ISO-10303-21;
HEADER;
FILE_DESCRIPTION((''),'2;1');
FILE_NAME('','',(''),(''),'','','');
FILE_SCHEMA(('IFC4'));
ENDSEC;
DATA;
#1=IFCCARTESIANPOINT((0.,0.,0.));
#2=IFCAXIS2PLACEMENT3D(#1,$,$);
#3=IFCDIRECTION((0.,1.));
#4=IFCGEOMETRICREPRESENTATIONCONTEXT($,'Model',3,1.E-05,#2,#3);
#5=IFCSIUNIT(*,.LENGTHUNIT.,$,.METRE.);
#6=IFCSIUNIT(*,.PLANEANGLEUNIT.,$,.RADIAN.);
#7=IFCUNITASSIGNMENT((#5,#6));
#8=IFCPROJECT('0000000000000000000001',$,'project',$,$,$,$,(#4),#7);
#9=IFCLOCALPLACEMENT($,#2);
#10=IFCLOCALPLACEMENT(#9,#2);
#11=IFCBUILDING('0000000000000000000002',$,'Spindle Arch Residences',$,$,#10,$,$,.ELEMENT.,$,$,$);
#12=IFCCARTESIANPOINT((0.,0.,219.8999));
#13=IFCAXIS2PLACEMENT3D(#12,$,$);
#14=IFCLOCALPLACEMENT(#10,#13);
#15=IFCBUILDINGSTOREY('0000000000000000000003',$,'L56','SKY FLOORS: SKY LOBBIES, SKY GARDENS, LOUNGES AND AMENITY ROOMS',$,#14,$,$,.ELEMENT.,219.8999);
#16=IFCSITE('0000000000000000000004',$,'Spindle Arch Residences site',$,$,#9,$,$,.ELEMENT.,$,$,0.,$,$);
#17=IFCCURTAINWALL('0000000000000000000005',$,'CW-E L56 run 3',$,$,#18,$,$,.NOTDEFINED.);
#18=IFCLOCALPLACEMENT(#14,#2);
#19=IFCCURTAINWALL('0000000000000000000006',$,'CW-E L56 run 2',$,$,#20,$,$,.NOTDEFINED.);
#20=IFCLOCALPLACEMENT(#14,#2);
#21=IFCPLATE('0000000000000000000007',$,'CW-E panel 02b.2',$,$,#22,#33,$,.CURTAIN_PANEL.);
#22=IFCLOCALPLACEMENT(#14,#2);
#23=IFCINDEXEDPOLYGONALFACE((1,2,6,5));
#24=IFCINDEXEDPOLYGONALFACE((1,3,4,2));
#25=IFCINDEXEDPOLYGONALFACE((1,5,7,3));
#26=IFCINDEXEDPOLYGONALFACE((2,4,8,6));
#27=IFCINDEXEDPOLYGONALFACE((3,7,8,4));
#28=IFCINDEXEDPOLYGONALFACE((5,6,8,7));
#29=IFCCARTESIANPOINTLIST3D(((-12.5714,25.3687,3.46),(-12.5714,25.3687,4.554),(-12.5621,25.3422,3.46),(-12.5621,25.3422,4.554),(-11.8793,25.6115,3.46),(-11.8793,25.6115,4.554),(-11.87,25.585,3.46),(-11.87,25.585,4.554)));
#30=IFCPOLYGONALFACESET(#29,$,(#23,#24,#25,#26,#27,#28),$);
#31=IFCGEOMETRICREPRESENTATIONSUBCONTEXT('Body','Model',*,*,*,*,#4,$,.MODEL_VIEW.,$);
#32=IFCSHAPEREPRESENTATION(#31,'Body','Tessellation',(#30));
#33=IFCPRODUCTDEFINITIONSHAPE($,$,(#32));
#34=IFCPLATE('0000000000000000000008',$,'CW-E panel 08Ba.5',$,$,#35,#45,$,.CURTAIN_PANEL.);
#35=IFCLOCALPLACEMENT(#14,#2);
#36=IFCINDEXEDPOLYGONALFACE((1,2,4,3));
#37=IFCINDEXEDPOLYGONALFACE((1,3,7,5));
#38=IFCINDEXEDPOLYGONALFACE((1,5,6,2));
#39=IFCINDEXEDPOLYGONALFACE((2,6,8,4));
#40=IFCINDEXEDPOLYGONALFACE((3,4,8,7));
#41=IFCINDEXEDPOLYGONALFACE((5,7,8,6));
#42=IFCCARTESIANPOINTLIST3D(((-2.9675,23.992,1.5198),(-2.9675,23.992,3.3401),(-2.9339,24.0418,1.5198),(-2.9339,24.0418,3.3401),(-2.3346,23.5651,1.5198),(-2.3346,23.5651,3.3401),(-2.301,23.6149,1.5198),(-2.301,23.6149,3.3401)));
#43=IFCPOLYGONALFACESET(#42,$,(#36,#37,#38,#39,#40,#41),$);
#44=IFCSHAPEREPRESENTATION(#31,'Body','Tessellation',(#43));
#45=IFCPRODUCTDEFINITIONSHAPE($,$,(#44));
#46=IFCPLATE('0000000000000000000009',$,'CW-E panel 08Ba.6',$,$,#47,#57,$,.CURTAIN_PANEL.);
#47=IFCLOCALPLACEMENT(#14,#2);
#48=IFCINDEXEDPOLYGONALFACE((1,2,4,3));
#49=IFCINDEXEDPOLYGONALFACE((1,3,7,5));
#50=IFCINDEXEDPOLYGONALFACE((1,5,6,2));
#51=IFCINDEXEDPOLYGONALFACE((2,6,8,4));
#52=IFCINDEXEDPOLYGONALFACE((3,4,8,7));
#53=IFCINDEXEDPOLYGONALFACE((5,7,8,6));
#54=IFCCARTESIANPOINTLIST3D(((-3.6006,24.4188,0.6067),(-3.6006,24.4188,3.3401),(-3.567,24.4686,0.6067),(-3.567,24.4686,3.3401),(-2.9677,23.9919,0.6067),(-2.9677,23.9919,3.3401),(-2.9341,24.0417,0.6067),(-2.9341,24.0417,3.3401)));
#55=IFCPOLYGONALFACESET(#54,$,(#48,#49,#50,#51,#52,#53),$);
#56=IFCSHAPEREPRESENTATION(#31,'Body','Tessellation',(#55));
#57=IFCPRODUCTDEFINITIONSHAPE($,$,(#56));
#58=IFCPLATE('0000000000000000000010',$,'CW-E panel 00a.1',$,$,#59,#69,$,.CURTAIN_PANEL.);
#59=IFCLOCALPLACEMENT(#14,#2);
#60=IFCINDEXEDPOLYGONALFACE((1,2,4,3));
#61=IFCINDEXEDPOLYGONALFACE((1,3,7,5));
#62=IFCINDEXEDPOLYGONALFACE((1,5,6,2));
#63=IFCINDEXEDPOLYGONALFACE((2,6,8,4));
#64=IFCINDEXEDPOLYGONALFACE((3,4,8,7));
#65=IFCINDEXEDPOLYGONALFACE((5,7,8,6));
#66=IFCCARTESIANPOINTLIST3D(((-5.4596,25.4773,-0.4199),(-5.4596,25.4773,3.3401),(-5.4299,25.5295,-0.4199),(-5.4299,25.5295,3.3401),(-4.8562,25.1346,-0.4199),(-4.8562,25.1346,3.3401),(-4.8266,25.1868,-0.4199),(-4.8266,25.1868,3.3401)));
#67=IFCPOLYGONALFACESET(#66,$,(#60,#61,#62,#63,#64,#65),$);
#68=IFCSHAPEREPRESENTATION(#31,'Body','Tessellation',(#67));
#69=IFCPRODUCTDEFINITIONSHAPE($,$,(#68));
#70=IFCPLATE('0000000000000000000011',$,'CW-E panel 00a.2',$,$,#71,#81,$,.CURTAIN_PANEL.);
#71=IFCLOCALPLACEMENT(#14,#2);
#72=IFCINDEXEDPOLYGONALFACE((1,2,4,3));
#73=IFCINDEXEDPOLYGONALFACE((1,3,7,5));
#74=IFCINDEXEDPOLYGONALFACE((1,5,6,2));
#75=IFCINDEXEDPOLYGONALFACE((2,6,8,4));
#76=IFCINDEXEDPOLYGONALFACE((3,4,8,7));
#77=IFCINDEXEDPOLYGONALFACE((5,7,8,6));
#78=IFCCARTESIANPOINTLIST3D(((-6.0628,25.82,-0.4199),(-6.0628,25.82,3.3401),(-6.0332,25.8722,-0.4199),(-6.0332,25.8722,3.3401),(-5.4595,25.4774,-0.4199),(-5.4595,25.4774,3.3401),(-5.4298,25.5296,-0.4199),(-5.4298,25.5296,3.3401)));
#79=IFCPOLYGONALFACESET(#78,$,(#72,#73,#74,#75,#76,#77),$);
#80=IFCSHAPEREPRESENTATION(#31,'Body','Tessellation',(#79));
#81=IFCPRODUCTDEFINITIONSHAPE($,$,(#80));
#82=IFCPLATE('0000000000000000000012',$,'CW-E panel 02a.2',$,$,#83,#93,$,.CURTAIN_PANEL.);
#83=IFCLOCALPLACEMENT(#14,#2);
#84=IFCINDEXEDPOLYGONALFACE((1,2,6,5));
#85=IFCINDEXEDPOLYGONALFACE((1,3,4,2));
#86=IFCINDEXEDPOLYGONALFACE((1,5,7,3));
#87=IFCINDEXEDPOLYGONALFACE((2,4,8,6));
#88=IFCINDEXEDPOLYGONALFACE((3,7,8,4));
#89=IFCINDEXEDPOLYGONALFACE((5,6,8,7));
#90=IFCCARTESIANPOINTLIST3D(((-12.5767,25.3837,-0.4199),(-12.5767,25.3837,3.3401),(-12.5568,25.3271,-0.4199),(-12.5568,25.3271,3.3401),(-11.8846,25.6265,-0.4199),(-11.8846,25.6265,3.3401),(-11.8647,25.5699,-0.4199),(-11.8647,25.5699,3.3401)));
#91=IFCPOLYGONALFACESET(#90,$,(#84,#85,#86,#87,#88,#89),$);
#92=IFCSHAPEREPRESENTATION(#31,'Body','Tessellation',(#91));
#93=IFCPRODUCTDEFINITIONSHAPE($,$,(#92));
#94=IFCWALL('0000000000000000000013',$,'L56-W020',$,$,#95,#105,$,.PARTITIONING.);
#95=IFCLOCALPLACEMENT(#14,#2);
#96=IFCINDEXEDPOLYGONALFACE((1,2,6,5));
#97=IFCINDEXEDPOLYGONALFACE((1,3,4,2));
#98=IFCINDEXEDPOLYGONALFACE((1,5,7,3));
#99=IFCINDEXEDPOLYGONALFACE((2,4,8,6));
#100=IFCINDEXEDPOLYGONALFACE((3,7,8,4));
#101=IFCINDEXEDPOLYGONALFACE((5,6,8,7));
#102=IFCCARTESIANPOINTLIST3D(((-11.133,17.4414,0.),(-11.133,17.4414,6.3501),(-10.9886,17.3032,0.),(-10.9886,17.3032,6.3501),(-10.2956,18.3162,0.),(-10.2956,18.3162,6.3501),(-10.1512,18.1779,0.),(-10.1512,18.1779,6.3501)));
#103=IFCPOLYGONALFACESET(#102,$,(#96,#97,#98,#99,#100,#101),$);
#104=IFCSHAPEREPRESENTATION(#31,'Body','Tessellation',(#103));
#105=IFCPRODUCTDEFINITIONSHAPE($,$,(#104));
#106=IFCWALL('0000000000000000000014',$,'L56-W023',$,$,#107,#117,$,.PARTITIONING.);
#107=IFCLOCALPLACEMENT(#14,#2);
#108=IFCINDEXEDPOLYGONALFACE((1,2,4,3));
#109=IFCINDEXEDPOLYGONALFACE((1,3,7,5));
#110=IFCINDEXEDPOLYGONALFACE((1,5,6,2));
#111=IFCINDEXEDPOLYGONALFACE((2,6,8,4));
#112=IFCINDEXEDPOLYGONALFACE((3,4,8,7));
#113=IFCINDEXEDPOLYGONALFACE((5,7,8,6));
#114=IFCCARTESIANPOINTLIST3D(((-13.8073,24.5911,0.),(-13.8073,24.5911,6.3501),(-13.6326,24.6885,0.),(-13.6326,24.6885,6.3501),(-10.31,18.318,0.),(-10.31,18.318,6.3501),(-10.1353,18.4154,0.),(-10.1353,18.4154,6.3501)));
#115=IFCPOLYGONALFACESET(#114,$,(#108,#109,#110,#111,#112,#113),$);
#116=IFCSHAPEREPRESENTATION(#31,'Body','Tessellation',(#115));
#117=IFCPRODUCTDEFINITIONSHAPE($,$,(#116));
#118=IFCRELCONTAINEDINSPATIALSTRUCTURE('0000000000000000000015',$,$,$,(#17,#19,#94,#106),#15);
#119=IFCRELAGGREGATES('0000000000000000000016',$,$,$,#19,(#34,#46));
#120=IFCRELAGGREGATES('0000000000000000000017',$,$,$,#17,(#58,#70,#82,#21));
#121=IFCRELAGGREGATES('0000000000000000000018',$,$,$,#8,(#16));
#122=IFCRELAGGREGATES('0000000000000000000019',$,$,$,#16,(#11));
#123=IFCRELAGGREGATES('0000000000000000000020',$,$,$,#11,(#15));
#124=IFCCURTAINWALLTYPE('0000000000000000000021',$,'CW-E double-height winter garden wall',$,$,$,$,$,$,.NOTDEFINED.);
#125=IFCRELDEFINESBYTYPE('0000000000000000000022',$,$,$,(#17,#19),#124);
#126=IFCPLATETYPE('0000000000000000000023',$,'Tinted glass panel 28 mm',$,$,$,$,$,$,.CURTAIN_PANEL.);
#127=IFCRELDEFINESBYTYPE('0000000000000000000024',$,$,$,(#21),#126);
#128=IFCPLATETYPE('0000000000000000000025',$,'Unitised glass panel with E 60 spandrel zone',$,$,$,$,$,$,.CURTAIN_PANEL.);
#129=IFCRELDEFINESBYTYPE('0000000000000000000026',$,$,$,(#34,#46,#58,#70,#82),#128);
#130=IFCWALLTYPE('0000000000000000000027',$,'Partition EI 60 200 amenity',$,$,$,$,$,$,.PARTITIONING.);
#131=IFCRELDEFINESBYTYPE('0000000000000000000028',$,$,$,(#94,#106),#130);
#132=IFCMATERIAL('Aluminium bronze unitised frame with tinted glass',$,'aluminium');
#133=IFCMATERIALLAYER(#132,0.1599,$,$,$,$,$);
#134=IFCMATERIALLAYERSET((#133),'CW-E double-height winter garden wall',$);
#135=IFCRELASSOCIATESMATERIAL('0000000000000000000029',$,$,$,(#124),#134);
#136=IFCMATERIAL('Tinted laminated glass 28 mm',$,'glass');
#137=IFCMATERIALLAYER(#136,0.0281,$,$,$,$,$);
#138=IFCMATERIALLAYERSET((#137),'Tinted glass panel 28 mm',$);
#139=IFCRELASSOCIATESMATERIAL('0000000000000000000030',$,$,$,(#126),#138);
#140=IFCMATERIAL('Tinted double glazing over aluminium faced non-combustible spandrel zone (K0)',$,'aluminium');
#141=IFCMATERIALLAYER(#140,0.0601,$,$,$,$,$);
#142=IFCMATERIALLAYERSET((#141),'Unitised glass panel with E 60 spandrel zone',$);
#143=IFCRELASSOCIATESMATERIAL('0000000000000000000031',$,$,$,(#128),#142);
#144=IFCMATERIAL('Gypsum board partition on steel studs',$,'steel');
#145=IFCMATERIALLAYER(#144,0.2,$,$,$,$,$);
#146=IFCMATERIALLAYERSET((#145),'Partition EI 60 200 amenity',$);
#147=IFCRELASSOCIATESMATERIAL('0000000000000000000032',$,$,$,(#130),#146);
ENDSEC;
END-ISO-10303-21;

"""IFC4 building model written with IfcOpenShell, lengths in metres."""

from ifc_helpers import new_model, si_unit, direction, frame, frame_2d, origin, origin_2d, place, context, subcontext, project, spatial, rectangle, extrude, material, layer, layer_set, type_object, element, aggregate, save


model = new_model("IFC4")

# Units and contexts
model_context = context("Model", 3, precision=1e-05, world=origin(), true_north=direction((0.0, 1.0)))
body_context = subcontext(model_context, "Body", "Model", "MODEL_VIEW")
ifc_project = project(units=[si_unit("LENGTHUNIT", "METRE"), si_unit("PLANEANGLEUNIT", "RADIAN")], contexts=[model_context])

# Site, building, storey
site_placement = place(None, origin())
site = spatial("IfcSite", under=ifc_project, at=site_placement, Name="Spindle Arch Residences site", CompositionType="ELEMENT", RefElevation=0.0)
building_placement = place(site_placement, origin())
building = spatial("IfcBuilding", under=site, at=building_placement, Name="Spindle Arch Residences", CompositionType="ELEMENT")
storey_placement = place(building_placement, frame((0.0, 0.0, 219.8999)))
storey = spatial("IfcBuildingStorey", under=building, at=storey_placement, Name="L56", Description="SKY FLOORS: SKY LOBBIES, SKY GARDENS, LOUNGES AND AMENITY ROOMS", CompositionType="ELEMENT", Elevation=219.8999)

# Curtain wall
ifc_material_1 = material(Name="Aluminium bronze unitised frame with tinted glass", Category="aluminium")
ifc_layer_1 = layer(ifc_material_1, 0.1599)
ifc_layer_set_1 = layer_set([ifc_layer_1], Name="CW-E double-height winter garden wall")
curtain_wall_type = type_object("IfcCurtainWallType", Name="CW-E double-height winter garden wall", PredefinedType="NOTDEFINED", material=ifc_layer_set_1)
curtain_wall_1_placement = place(storey_placement, origin())
curtain_wall_1 = element("IfcCurtainWall", 1, at=curtain_wall_1_placement, inside=storey, type_object=curtain_wall_type, Name="CW-E L56 run 3", PredefinedType="NOTDEFINED")

# Curtain wall
curtain_wall_2_placement = place(storey_placement, origin())
curtain_wall_2 = element("IfcCurtainWall", 2, at=curtain_wall_2_placement, inside=storey, type_object=curtain_wall_type, Name="CW-E L56 run 2", PredefinedType="NOTDEFINED")
ifc_material_2 = material(Name="Tinted laminated glass 28 mm", Category="glass")
ifc_layer_2 = layer(ifc_material_2, 0.0281)
ifc_layer_set_2 = layer_set([ifc_layer_2], Name="Tinted glass panel 28 mm")
plate_type_1 = type_object("IfcPlateType", Name="Tinted glass panel 28 mm", PredefinedType="CURTAIN_PANEL", material=ifc_layer_set_2)

# Plates
plate_1_placement = place(storey_placement, frame((-12.2207, 25.4768, 3.46), z_axis=(0.0, 0.0, 1.0), x_axis=(-0.943609, -0.331063, 0.0)))
plate_1 = element("IfcPlate", 3, at=plate_1_placement, type_object=plate_type_1, Name="CW-E panel 02b.2", PredefinedType="CURTAIN_PANEL", context=body_context, shape_type="SweptSolid", body=[
    extrude(rectangle(XDim=0.7334, YDim=0.0281, at=origin_2d()), origin(), (0.0, 0.0, 1.0), 1.094),
])
ifc_material_3 = material(Name="Tinted double glazing over aluminium faced non-combustible spandrel zone (K0)", Category="aluminium")
ifc_layer_3 = layer(ifc_material_3, 0.0601)
ifc_layer_set_3 = layer_set([ifc_layer_3], Name="Unitised glass panel with E 60 spandrel zone")
plate_type_2 = type_object("IfcPlateType", Name="Unitised glass panel with E 60 spandrel zone", PredefinedType="CURTAIN_PANEL", material=ifc_layer_set_3)
plate_2_placement = place(storey_placement, frame((-2.6343, 23.8035, 1.5198), z_axis=(0.0, 0.0, 1.0), x_axis=(-0.829038, 0.559193, 0.0)))
plate_2 = element("IfcPlate", 4, at=plate_2_placement, type_object=plate_type_2, Name="CW-E panel 08Ba.5", PredefinedType="CURTAIN_PANEL", context=body_context, shape_type="SweptSolid", body=[
    extrude(rectangle(XDim=0.7634, YDim=0.0601, at=origin_2d()), origin(), (0.0, 0.0, 1.0), 1.8203),
])
plate_3_placement = place(storey_placement, frame((-3.2673, 24.2302, 0.6067), z_axis=(0.0, 0.0, 1.0), x_axis=(-0.829038, 0.559193, 0.0)))
plate_3 = element("IfcPlate", 5, at=plate_3_placement, type_object=plate_type_2, Name="CW-E panel 08Ba.6", PredefinedType="CURTAIN_PANEL", context=body_context, shape_type="SweptSolid", body=[
    extrude(rectangle(XDim=0.7634, YDim=0.0601, at=origin_2d()), origin(), (0.0, 0.0, 1.0), 2.7334),
])
aggregate(curtain_wall_2, [plate_2, plate_3])
plate_4_placement = place(storey_placement, frame((-5.1431, 25.332, -0.4199), z_axis=(0.0, 0.0, 1.0), x_axis=(-0.869539, 0.493865, 0.0)))
plate_4 = element("IfcPlate", 6, at=plate_4_placement, type_object=plate_type_2, Name="CW-E panel 00a.1", PredefinedType="CURTAIN_PANEL", context=body_context, shape_type="SweptSolid", body=[
    extrude(rectangle(XDim=0.6938, YDim=0.0601, at=origin_2d()), origin(), (0.0, 0.0, 1.0), 3.76),
])
plate_5_placement = place(storey_placement, frame((-5.7463, 25.6748, -0.4199), z_axis=(0.0, 0.0, 1.0), x_axis=(-0.869539, 0.493865, 0.0)))
plate_5 = element("IfcPlate", 7, at=plate_5_placement, type_object=plate_type_2, Name="CW-E panel 00a.2", PredefinedType="CURTAIN_PANEL", context=body_context, shape_type="SweptSolid", body=[
    extrude(rectangle(XDim=0.6938, YDim=0.0601, at=origin_2d()), origin(), (0.0, 0.0, 1.0), 3.76),
])
plate_6_placement = place(storey_placement, frame((-12.2207, 25.4768, -0.4199), z_axis=(0.0, 0.0, 1.0), x_axis=(-0.943609, -0.331063, 0.0)))
plate_6 = element("IfcPlate", 8, at=plate_6_placement, type_object=plate_type_2, Name="CW-E panel 02a.2", PredefinedType="CURTAIN_PANEL", context=body_context, shape_type="SweptSolid", body=[
    extrude(rectangle(XDim=0.7334, YDim=0.0601, at=origin_2d()), origin(), (0.0, 0.0, 1.0), 3.76),
])
aggregate(curtain_wall_1, [plate_4, plate_5, plate_6, plate_1])

# Walls
ifc_material_4 = material(Name="Gypsum board partition on steel studs", Category="steel")
ifc_layer_4 = layer(ifc_material_4, 0.2)
ifc_layer_set_4 = layer_set([ifc_layer_4], Name="Partition EI 60 200 amenity")
wall_type = type_object("IfcWallType", Name="Partition EI 60 200 amenity", PredefinedType="PARTITIONING", material=ifc_layer_set_4)
wall_1_placement = place(storey_placement, frame((-11.0608, 17.3723, 0.0), z_axis=(0.0, 0.0, 1.0), x_axis=(0.691516, 0.722362, 0.0)))
element("IfcWall", 9, at=wall_1_placement, inside=storey, type_object=wall_type, Name="L56-W020", PredefinedType="PARTITIONING", context=body_context, shape_type="SweptSolid", body=[
    extrude(rectangle(XDim=1.2109, YDim=0.2, at=frame_2d((0.6055, 0.0))), origin(), (0.0, 0.0, 1.0), 6.3501),
])
wall_2_placement = place(storey_placement, frame((-10.2227, 18.3667, 0.0), z_axis=(0.0, 0.0, 1.0), x_axis=(-0.486941, 0.873435, 0.0)))
element("IfcWall", 10, at=wall_2_placement, inside=storey, type_object=wall_type, Name="L56-W023", PredefinedType="PARTITIONING", context=body_context, shape_type="SweptSolid", body=[
    extrude(rectangle(XDim=7.1821, YDim=0.2, at=frame_2d((3.5911, 0.0))), origin(), (0.0, 0.0, 1.0), 6.3501),
])

save(model, "model.ifc")
